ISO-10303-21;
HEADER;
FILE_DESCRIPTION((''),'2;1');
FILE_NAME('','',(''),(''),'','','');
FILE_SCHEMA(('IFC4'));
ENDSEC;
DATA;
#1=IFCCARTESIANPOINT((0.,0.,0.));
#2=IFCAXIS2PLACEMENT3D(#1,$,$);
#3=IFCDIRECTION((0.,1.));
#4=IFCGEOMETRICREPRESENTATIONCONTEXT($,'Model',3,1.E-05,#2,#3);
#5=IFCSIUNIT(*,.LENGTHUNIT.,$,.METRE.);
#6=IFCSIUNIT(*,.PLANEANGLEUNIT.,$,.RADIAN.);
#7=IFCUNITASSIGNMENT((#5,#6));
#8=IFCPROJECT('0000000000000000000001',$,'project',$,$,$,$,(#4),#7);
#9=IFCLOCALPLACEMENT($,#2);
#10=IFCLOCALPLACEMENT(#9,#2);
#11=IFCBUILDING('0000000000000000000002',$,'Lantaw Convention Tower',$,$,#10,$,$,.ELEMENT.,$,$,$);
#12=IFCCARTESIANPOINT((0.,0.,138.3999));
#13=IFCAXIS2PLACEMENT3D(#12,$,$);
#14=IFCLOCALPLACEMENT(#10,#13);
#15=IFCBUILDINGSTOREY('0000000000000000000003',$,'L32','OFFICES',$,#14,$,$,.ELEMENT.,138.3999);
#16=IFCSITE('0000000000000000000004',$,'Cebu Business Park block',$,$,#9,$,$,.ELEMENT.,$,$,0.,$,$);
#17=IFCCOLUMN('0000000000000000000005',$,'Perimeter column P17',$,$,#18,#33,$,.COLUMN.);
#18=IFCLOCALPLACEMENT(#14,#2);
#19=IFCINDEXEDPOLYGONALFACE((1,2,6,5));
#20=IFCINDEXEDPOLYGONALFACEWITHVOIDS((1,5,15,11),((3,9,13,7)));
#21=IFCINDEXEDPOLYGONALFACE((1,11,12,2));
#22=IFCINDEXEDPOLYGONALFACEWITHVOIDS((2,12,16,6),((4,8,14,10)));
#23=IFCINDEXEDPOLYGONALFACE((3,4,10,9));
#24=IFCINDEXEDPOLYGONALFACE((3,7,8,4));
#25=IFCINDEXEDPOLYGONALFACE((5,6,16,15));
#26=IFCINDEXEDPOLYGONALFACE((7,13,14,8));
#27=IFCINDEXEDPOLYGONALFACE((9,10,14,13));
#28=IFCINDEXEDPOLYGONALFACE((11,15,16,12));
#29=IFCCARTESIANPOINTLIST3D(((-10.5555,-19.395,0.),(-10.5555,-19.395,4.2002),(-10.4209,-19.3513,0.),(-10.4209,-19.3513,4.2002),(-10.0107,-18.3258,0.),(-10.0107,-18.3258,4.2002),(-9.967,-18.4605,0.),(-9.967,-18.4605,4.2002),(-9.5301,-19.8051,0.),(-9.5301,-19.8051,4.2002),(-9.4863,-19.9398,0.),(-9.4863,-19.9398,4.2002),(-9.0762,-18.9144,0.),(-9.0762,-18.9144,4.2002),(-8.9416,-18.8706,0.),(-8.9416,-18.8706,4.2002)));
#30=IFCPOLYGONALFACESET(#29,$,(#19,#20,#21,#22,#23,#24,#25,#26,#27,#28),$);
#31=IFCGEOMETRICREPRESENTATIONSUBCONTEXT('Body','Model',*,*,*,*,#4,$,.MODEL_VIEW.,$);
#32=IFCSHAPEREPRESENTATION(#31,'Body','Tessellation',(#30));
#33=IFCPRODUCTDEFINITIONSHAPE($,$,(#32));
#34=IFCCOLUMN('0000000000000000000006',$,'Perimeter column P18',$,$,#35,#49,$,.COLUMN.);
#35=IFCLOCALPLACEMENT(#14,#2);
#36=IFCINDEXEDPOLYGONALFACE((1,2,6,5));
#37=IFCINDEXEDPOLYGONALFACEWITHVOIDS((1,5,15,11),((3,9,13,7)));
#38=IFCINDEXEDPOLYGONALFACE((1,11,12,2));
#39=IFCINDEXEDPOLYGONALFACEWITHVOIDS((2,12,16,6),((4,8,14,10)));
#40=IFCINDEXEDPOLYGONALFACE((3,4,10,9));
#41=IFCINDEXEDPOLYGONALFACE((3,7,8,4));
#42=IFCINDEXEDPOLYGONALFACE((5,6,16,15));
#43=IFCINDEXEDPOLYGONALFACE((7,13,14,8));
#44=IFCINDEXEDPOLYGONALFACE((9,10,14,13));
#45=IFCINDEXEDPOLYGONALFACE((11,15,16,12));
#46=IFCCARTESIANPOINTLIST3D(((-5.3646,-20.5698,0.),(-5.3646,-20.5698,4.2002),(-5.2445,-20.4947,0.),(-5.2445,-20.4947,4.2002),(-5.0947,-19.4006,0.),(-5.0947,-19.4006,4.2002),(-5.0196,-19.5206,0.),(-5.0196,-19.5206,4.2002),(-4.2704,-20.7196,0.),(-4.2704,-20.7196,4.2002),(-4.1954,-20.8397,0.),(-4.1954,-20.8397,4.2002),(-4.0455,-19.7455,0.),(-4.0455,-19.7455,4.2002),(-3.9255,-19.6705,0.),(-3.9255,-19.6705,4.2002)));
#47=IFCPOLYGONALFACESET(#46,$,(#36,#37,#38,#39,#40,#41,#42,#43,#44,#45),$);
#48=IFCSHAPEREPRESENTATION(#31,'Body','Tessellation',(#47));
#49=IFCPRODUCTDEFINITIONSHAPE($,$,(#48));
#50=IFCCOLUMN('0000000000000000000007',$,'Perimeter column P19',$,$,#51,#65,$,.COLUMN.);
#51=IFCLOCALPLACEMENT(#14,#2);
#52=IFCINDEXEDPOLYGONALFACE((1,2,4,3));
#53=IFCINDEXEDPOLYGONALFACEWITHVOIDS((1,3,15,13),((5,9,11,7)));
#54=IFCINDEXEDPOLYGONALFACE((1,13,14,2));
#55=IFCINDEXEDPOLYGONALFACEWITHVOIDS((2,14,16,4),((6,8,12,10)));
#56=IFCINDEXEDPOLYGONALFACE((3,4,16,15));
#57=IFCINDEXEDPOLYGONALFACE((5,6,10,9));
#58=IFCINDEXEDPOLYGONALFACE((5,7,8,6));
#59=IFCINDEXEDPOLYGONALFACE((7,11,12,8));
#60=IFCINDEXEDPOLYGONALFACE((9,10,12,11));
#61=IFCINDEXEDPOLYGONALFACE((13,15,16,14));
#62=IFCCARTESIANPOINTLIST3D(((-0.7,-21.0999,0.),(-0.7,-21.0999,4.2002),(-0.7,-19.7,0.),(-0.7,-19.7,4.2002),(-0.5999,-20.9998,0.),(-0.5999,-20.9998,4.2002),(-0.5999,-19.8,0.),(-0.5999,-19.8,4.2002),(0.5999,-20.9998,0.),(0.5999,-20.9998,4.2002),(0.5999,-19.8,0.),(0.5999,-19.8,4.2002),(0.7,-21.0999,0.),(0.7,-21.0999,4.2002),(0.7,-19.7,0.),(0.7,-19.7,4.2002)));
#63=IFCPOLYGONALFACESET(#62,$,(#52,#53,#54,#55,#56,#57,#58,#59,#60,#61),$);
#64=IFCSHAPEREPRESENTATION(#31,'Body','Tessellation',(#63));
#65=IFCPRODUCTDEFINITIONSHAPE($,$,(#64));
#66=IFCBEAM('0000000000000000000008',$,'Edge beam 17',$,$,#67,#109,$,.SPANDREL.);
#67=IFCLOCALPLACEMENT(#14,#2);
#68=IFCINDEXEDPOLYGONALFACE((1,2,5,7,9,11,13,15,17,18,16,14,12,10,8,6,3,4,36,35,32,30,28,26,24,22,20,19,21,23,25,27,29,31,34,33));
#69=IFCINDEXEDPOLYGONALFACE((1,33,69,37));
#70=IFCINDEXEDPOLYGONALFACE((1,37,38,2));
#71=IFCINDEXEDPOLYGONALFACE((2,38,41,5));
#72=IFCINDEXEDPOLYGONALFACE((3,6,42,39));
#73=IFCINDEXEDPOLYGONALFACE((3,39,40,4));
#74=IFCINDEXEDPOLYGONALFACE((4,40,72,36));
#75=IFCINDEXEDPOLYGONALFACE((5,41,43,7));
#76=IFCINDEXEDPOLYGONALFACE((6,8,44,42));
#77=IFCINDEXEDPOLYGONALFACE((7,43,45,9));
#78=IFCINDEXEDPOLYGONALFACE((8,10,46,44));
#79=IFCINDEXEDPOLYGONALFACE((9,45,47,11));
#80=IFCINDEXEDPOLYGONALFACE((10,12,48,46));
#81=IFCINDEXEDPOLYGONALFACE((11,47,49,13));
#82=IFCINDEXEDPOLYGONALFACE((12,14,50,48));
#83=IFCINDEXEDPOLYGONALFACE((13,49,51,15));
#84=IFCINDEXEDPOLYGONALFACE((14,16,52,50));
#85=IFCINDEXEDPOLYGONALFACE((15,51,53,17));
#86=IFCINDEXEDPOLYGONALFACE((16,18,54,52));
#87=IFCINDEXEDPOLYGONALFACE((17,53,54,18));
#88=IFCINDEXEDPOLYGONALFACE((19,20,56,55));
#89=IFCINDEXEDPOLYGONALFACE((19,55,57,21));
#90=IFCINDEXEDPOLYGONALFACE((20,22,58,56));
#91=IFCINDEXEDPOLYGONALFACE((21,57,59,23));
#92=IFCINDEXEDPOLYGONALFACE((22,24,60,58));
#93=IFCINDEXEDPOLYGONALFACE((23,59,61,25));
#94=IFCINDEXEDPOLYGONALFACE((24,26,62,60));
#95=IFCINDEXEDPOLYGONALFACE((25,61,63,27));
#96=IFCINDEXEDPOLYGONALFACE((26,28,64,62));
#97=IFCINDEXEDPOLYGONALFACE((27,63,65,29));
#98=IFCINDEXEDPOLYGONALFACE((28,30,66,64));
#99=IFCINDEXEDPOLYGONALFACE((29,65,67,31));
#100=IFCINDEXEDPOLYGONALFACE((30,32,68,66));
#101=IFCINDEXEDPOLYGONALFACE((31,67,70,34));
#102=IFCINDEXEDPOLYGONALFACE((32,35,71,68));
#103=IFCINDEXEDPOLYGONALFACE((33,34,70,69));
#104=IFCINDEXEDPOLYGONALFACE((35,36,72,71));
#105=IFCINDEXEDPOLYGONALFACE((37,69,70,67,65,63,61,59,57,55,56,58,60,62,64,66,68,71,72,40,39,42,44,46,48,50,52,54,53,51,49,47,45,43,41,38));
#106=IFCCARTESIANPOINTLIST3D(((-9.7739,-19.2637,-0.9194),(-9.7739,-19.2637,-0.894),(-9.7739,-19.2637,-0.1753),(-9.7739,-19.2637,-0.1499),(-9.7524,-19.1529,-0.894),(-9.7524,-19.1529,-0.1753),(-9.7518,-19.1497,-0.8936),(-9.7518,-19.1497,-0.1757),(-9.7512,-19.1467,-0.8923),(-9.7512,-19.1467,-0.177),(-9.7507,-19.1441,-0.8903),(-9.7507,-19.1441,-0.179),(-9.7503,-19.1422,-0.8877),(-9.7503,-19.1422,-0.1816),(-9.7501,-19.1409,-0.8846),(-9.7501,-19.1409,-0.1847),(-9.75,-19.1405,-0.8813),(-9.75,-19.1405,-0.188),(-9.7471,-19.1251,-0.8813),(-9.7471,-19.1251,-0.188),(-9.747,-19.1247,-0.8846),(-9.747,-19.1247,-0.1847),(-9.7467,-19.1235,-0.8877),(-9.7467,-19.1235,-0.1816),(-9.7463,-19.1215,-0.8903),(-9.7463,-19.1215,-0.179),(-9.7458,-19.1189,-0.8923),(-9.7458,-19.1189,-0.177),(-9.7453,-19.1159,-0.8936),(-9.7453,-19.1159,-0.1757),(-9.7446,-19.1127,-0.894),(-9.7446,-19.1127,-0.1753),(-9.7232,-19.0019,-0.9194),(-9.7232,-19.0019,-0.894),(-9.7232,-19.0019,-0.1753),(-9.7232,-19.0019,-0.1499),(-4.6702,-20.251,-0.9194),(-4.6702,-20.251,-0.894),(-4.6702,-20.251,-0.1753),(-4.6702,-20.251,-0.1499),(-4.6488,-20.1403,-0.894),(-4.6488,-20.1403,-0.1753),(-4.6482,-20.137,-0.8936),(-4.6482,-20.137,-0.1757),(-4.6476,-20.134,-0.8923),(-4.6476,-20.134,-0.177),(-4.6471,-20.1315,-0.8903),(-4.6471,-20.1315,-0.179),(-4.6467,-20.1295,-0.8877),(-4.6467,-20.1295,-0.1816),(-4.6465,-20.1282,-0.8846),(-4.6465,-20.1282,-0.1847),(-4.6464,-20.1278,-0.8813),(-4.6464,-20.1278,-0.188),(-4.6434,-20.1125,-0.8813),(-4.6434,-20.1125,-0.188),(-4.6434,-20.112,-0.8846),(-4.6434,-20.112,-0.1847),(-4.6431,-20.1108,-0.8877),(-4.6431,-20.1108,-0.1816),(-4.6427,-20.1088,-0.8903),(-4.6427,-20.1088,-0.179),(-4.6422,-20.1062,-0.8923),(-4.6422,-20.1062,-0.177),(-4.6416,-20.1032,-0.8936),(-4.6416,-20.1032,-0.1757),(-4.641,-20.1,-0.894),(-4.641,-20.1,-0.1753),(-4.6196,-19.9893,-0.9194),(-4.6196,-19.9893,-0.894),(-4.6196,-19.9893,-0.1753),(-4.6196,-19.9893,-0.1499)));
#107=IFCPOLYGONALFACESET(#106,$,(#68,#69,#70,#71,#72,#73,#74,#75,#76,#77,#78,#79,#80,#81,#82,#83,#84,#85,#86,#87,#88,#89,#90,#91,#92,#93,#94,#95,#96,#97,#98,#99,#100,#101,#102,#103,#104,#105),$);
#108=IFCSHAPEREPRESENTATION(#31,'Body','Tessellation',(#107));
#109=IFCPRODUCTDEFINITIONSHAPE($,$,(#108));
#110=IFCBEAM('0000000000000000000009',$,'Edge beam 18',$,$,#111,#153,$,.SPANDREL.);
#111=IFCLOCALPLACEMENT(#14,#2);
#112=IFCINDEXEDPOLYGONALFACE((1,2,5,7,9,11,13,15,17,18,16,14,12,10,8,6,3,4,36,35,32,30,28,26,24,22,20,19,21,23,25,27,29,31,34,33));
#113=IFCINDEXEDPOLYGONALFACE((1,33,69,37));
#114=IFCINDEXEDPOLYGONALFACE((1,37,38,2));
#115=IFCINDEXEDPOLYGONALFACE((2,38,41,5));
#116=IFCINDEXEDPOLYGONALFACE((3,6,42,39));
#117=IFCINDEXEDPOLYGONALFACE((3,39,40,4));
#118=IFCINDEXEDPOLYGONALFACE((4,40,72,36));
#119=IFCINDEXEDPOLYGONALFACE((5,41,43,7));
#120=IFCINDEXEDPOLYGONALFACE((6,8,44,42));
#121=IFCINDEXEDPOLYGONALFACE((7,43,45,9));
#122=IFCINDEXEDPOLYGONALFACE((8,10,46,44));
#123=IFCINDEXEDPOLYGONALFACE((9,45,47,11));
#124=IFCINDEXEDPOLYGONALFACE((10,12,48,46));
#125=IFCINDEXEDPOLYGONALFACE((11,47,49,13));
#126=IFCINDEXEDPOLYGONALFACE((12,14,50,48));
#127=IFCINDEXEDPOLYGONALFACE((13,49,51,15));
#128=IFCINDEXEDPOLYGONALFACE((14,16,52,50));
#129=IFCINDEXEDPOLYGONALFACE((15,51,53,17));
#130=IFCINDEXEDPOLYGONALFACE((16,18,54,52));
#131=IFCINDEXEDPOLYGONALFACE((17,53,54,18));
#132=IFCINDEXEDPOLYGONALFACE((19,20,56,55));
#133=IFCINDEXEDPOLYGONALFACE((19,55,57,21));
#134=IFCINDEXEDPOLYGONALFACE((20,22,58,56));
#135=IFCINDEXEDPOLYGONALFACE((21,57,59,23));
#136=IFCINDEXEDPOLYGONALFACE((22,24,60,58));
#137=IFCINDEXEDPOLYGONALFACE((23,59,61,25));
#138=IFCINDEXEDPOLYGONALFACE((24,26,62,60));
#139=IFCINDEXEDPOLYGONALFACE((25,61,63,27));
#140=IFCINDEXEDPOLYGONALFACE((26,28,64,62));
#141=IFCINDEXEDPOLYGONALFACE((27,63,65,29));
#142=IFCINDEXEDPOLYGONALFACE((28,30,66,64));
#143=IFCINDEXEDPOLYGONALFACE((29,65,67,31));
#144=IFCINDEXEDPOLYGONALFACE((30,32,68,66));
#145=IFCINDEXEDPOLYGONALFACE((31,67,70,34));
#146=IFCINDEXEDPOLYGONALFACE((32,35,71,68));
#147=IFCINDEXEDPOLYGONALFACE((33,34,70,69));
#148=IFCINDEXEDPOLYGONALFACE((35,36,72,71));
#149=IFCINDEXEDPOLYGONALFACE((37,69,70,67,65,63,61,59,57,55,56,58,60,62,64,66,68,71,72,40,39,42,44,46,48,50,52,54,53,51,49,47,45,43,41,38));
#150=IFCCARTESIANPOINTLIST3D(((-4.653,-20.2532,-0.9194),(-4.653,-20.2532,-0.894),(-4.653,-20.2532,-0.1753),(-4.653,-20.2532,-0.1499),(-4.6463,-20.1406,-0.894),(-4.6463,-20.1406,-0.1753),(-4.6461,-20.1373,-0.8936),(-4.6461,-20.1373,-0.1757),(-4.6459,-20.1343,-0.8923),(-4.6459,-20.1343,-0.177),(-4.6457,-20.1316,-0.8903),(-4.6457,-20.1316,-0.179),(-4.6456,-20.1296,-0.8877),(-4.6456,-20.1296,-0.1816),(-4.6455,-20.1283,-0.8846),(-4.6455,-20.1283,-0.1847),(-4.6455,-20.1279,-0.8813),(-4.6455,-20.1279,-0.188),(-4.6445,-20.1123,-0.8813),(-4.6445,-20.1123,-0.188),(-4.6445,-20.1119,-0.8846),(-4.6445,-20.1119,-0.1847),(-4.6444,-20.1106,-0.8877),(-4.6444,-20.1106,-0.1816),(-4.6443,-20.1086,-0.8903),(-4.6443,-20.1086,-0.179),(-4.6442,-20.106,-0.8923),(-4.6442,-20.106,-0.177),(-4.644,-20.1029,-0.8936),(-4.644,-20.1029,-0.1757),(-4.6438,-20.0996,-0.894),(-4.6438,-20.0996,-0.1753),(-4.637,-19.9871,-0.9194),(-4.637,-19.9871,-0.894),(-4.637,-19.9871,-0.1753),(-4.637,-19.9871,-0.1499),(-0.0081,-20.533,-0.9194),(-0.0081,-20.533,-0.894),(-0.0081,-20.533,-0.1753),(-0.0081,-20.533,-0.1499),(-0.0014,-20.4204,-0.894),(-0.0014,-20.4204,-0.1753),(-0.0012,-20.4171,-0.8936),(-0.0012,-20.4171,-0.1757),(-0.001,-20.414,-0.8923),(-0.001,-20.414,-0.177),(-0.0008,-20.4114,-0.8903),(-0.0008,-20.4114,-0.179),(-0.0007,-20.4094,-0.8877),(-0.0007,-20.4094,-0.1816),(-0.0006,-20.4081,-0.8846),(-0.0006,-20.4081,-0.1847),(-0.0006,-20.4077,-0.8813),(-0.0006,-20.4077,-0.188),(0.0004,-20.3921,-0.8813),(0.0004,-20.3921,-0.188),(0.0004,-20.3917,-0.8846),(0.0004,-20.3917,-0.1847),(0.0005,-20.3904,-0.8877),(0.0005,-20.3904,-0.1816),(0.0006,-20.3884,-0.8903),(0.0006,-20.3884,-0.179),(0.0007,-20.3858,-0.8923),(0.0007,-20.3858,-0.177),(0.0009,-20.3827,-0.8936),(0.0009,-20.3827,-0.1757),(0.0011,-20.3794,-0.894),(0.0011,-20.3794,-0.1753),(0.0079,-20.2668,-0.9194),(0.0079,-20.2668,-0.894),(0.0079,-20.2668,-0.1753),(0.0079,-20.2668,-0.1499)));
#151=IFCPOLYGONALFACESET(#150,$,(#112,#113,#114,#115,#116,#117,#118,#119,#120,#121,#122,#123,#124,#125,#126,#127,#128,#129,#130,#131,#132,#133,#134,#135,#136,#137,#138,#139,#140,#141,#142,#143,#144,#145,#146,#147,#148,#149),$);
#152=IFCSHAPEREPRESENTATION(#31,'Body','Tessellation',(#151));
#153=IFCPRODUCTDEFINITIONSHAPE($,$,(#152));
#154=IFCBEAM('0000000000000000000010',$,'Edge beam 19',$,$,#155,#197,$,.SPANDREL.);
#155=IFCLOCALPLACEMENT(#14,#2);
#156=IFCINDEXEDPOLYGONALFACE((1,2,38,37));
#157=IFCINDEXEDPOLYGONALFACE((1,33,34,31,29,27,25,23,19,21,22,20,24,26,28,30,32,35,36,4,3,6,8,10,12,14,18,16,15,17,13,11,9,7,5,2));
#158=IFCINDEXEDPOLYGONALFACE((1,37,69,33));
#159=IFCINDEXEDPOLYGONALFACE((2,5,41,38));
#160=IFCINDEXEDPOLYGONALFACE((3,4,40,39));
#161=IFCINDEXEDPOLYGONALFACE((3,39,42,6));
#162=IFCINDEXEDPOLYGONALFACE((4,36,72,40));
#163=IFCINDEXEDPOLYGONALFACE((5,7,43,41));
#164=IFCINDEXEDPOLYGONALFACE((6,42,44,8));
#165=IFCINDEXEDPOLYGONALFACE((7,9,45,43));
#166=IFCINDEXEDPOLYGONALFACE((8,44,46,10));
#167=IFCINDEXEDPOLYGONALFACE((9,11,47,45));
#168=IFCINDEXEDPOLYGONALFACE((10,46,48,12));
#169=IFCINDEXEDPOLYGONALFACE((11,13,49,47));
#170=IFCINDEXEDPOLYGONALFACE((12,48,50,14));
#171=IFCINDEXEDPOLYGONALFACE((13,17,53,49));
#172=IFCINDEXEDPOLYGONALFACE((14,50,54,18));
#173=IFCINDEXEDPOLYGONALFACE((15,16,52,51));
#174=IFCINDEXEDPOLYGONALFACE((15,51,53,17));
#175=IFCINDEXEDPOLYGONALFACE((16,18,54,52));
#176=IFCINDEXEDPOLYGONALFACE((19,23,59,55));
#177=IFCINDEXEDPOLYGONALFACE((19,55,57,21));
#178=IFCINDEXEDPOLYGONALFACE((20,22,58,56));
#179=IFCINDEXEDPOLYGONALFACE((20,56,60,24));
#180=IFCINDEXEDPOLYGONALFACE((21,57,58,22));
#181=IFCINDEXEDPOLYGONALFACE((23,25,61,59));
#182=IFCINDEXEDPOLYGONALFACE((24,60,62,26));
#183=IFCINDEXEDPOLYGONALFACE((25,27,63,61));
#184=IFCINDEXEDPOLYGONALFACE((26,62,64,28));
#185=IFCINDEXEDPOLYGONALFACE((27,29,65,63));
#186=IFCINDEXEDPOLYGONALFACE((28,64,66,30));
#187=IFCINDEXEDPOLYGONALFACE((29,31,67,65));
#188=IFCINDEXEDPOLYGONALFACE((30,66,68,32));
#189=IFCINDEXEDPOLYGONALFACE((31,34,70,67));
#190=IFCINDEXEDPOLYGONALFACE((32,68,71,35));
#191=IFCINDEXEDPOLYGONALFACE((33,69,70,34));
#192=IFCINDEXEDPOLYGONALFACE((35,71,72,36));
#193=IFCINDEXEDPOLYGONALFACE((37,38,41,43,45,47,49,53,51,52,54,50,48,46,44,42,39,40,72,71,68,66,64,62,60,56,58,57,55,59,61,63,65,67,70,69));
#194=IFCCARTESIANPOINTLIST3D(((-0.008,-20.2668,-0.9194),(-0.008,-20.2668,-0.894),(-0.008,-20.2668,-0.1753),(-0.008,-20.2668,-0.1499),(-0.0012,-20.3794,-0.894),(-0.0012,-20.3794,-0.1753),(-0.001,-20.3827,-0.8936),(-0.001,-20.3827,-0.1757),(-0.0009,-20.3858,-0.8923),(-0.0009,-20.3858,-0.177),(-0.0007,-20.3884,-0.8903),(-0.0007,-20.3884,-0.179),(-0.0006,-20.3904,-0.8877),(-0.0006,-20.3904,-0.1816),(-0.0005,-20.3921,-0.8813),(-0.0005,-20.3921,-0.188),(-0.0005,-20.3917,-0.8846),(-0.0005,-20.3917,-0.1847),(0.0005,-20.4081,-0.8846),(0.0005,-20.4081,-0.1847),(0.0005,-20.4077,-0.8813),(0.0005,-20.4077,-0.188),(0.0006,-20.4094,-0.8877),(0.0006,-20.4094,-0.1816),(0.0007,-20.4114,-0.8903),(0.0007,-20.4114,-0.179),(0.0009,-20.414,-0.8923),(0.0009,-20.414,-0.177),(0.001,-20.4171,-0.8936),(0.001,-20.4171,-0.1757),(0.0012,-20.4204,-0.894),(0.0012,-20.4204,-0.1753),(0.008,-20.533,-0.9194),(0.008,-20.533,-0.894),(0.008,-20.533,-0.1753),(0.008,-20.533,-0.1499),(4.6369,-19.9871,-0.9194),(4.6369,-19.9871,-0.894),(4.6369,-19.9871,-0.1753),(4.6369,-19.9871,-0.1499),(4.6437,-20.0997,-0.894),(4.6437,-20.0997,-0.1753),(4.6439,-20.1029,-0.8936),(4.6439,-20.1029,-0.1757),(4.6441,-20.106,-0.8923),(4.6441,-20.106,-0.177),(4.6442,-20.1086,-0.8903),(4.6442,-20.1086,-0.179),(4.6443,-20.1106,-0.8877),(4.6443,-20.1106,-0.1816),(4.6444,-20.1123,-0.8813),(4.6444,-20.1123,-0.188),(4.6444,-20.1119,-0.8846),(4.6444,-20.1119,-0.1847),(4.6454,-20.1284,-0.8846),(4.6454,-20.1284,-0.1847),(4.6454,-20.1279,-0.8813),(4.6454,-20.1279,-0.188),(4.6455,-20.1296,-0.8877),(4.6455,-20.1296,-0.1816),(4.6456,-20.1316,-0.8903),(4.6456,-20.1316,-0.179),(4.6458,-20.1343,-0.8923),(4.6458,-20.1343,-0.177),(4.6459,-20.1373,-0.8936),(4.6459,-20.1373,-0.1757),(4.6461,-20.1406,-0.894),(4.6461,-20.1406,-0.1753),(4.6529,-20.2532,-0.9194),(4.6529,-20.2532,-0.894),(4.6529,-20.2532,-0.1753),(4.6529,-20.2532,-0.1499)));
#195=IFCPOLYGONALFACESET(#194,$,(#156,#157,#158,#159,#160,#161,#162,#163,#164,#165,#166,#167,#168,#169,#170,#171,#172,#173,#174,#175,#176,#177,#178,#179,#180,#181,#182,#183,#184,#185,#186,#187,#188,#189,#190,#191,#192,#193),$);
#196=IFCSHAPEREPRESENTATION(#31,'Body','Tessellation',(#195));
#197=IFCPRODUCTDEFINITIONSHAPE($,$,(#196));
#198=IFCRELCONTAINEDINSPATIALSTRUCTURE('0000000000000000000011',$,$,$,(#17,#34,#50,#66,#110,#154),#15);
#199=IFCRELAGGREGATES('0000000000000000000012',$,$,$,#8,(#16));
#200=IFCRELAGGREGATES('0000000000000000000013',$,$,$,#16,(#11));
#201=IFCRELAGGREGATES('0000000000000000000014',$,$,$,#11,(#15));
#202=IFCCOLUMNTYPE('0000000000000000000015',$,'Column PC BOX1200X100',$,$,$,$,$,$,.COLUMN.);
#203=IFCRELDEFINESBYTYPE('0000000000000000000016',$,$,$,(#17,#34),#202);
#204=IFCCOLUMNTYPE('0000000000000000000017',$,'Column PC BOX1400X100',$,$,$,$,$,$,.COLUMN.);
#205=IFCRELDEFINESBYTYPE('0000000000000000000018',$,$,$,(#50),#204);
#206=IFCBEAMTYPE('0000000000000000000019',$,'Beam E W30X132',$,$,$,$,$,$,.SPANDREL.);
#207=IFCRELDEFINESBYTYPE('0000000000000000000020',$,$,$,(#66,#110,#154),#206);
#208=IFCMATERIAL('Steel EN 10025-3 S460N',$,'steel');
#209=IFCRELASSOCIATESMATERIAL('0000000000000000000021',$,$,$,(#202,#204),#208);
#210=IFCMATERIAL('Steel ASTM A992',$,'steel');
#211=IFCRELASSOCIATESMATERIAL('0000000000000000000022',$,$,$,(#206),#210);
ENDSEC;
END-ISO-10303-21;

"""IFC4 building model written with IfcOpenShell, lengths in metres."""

from ifc_helpers import new_model, si_unit, direction, frame, origin, origin_2d, place, context, subcontext, project, spatial, rectangle, hollow_rectangle, i_section, extrude, material, material_profile, profile_set, type_object, element, save


model = new_model("IFC4")

# Units and contexts
model_context = context("Model", 3, precision=1e-05, world=origin(), true_north=direction((0.0, 1.0)))
body_context = subcontext(model_context, "Body", "Model", "MODEL_VIEW")
ifc_project = project(units=[si_unit("LENGTHUNIT", "METRE"), si_unit("PLANEANGLEUNIT", "RADIAN")], contexts=[model_context])

# Site, building, storey
site_placement = place(None, origin())
site = spatial("IfcSite", under=ifc_project, at=site_placement, Name="Cebu Business Park block", CompositionType="ELEMENT", RefElevation=0.0)
building_placement = place(site_placement, origin())
building = spatial("IfcBuilding", under=site, at=building_placement, Name="Lantaw Convention Tower", CompositionType="ELEMENT")
storey_placement = place(building_placement, frame((0.0, 0.0, 138.3999)))
storey = spatial("IfcBuildingStorey", under=building, at=storey_placement, Name="L32", Description="OFFICES", CompositionType="ELEMENT", Elevation=138.3999)

# Columns
ifc_material_1 = material(Name="Steel EN 10025-3 S460N", Category="steel")
ifc_material_profile_1 = material_profile(ifc_material_1, hollow_rectangle(XDim=1.2, YDim=1.2, WallThickness=0.1001, at=origin_2d()), Name="BOX1200X100")
ifc_material_2 = material(Name="Concrete C60/75", Category="concrete")
ifc_material_profile_2 = material_profile(ifc_material_2, rectangle(XDim=1.0, YDim=1.0, at=origin_2d()), Name="Concrete fill of BOX1200X100")
ifc_profile_set_1 = profile_set([ifc_material_profile_1, ifc_material_profile_2], Name="Steel EN 10025-3 S460N")
column_type_1 = type_object("IfcColumnType", Name="Column PC BOX1200X100", PredefinedType="COLUMN", material=ifc_profile_set_1)
for number, where, z_axis, x_axis, name in (
    (1, (-9.7485, -19.1328, 0.0), (0.0, 0.0, 1.0), (0.45399, 0.891007, 0.0), "Perimeter column P17"),
    (2, (-4.645, -20.1201, 0.0), (0.0, 0.0, 1.0), (0.224951, 0.97437, 0.0), "Perimeter column P18"),
):
    element("IfcColumn", number, at=place(storey_placement, frame(where, z_axis=z_axis, x_axis=x_axis)), inside=storey, type_object=column_type_1, Name=name, PredefinedType="COLUMN", context=body_context, shape_type="SweptSolid", body=[
        extrude(hollow_rectangle(XDim=1.2, YDim=1.2, WallThickness=0.1001, at=origin_2d()), origin(), (0.0, 0.0, 1.0), 4.2002),
    ])
ifc_material_profile_3 = material_profile(ifc_material_1, hollow_rectangle(XDim=1.3999, YDim=1.3999, WallThickness=0.1001, at=origin_2d()), Name="BOX1400X100")
ifc_material_profile_4 = material_profile(ifc_material_2, rectangle(XDim=1.2, YDim=1.2, at=origin_2d()), Name="Concrete fill of BOX1400X100")
ifc_profile_set_2 = profile_set([ifc_material_profile_3, ifc_material_profile_4], Name="Steel EN 10025-3 S460N")
column_type_2 = type_object("IfcColumnType", Name="Column PC BOX1400X100", PredefinedType="COLUMN", material=ifc_profile_set_2)
column_placement = place(storey_placement, frame((0.0, -20.3999, 0.0), z_axis=(0.0, 0.0, 1.0), x_axis=(1.0, 0.0, 0.0)))
element("IfcColumn", 3, at=column_placement, inside=storey, type_object=column_type_2, Name="Perimeter column P19", PredefinedType="COLUMN", context=body_context, shape_type="SweptSolid", body=[
    extrude(hollow_rectangle(XDim=1.3999, YDim=1.3999, WallThickness=0.1001, at=origin_2d()), origin(), (0.0, 0.0, 1.0), 4.2002),
])

# Beams
ifc_material_3 = material(Name="Steel ASTM A992", Category="steel")
ifc_material_profile_5 = material_profile(ifc_material_3, i_section(OverallWidth=0.2666, OverallDepth=0.7695, WebThickness=0.0156, FlangeThickness=0.0254, FilletRadius=0.0127, at=origin_2d()), Name="W30X132")
ifc_profile_set_3 = profile_set([ifc_material_profile_5], Name="Steel ASTM A992")
beam_type_1 = type_object("IfcBeamType", Name="Beam E W30X132", PredefinedType="SPANDREL", material=ifc_profile_set_3)
beam_1_placement = place(storey_placement, frame((-9.7485, -19.1328, -0.5347), z_axis=(0.981797, -0.189934, 0.0), x_axis=(0.189934, 0.981797, 0.0)))
element("IfcBeam", 4, at=beam_1_placement, inside=storey, type_object=beam_type_1, Name="Edge beam 17", PredefinedType="SPANDREL", context=body_context, shape_type="SweptSolid", body=[
    extrude(i_section(OverallWidth=0.2666, OverallDepth=0.7695, WebThickness=0.0156, FlangeThickness=0.0254, FilletRadius=0.0127, at=origin_2d()), origin(), (0.0, 0.0, 1.0), 5.1982),
])
for number, where, z_axis, x_axis, name in (
    (5, (-4.645, -20.1201, -0.5347), (0.998191, -0.060124, 0.0), (0.060124, 0.998191, 0.0), "Edge beam 18"),
    (6, (0.0, -20.3999, -0.5347), (0.998191, 0.060124, 0.0), (-0.060124, 0.998191, 0.0), "Edge beam 19"),
):
    element("IfcBeam", number, at=place(storey_placement, frame(where, z_axis=z_axis, x_axis=x_axis)), inside=storey, type_object=beam_type_1, Name=name, PredefinedType="SPANDREL", context=body_context, shape_type="SweptSolid", body=[
        extrude(i_section(OverallWidth=0.2666, OverallDepth=0.7695, WebThickness=0.0156, FlangeThickness=0.0254, FilletRadius=0.0127, at=origin_2d()), origin(), (0.0, 0.0, 1.0), 4.6533),
    ])

save(model, "model.ifc")
